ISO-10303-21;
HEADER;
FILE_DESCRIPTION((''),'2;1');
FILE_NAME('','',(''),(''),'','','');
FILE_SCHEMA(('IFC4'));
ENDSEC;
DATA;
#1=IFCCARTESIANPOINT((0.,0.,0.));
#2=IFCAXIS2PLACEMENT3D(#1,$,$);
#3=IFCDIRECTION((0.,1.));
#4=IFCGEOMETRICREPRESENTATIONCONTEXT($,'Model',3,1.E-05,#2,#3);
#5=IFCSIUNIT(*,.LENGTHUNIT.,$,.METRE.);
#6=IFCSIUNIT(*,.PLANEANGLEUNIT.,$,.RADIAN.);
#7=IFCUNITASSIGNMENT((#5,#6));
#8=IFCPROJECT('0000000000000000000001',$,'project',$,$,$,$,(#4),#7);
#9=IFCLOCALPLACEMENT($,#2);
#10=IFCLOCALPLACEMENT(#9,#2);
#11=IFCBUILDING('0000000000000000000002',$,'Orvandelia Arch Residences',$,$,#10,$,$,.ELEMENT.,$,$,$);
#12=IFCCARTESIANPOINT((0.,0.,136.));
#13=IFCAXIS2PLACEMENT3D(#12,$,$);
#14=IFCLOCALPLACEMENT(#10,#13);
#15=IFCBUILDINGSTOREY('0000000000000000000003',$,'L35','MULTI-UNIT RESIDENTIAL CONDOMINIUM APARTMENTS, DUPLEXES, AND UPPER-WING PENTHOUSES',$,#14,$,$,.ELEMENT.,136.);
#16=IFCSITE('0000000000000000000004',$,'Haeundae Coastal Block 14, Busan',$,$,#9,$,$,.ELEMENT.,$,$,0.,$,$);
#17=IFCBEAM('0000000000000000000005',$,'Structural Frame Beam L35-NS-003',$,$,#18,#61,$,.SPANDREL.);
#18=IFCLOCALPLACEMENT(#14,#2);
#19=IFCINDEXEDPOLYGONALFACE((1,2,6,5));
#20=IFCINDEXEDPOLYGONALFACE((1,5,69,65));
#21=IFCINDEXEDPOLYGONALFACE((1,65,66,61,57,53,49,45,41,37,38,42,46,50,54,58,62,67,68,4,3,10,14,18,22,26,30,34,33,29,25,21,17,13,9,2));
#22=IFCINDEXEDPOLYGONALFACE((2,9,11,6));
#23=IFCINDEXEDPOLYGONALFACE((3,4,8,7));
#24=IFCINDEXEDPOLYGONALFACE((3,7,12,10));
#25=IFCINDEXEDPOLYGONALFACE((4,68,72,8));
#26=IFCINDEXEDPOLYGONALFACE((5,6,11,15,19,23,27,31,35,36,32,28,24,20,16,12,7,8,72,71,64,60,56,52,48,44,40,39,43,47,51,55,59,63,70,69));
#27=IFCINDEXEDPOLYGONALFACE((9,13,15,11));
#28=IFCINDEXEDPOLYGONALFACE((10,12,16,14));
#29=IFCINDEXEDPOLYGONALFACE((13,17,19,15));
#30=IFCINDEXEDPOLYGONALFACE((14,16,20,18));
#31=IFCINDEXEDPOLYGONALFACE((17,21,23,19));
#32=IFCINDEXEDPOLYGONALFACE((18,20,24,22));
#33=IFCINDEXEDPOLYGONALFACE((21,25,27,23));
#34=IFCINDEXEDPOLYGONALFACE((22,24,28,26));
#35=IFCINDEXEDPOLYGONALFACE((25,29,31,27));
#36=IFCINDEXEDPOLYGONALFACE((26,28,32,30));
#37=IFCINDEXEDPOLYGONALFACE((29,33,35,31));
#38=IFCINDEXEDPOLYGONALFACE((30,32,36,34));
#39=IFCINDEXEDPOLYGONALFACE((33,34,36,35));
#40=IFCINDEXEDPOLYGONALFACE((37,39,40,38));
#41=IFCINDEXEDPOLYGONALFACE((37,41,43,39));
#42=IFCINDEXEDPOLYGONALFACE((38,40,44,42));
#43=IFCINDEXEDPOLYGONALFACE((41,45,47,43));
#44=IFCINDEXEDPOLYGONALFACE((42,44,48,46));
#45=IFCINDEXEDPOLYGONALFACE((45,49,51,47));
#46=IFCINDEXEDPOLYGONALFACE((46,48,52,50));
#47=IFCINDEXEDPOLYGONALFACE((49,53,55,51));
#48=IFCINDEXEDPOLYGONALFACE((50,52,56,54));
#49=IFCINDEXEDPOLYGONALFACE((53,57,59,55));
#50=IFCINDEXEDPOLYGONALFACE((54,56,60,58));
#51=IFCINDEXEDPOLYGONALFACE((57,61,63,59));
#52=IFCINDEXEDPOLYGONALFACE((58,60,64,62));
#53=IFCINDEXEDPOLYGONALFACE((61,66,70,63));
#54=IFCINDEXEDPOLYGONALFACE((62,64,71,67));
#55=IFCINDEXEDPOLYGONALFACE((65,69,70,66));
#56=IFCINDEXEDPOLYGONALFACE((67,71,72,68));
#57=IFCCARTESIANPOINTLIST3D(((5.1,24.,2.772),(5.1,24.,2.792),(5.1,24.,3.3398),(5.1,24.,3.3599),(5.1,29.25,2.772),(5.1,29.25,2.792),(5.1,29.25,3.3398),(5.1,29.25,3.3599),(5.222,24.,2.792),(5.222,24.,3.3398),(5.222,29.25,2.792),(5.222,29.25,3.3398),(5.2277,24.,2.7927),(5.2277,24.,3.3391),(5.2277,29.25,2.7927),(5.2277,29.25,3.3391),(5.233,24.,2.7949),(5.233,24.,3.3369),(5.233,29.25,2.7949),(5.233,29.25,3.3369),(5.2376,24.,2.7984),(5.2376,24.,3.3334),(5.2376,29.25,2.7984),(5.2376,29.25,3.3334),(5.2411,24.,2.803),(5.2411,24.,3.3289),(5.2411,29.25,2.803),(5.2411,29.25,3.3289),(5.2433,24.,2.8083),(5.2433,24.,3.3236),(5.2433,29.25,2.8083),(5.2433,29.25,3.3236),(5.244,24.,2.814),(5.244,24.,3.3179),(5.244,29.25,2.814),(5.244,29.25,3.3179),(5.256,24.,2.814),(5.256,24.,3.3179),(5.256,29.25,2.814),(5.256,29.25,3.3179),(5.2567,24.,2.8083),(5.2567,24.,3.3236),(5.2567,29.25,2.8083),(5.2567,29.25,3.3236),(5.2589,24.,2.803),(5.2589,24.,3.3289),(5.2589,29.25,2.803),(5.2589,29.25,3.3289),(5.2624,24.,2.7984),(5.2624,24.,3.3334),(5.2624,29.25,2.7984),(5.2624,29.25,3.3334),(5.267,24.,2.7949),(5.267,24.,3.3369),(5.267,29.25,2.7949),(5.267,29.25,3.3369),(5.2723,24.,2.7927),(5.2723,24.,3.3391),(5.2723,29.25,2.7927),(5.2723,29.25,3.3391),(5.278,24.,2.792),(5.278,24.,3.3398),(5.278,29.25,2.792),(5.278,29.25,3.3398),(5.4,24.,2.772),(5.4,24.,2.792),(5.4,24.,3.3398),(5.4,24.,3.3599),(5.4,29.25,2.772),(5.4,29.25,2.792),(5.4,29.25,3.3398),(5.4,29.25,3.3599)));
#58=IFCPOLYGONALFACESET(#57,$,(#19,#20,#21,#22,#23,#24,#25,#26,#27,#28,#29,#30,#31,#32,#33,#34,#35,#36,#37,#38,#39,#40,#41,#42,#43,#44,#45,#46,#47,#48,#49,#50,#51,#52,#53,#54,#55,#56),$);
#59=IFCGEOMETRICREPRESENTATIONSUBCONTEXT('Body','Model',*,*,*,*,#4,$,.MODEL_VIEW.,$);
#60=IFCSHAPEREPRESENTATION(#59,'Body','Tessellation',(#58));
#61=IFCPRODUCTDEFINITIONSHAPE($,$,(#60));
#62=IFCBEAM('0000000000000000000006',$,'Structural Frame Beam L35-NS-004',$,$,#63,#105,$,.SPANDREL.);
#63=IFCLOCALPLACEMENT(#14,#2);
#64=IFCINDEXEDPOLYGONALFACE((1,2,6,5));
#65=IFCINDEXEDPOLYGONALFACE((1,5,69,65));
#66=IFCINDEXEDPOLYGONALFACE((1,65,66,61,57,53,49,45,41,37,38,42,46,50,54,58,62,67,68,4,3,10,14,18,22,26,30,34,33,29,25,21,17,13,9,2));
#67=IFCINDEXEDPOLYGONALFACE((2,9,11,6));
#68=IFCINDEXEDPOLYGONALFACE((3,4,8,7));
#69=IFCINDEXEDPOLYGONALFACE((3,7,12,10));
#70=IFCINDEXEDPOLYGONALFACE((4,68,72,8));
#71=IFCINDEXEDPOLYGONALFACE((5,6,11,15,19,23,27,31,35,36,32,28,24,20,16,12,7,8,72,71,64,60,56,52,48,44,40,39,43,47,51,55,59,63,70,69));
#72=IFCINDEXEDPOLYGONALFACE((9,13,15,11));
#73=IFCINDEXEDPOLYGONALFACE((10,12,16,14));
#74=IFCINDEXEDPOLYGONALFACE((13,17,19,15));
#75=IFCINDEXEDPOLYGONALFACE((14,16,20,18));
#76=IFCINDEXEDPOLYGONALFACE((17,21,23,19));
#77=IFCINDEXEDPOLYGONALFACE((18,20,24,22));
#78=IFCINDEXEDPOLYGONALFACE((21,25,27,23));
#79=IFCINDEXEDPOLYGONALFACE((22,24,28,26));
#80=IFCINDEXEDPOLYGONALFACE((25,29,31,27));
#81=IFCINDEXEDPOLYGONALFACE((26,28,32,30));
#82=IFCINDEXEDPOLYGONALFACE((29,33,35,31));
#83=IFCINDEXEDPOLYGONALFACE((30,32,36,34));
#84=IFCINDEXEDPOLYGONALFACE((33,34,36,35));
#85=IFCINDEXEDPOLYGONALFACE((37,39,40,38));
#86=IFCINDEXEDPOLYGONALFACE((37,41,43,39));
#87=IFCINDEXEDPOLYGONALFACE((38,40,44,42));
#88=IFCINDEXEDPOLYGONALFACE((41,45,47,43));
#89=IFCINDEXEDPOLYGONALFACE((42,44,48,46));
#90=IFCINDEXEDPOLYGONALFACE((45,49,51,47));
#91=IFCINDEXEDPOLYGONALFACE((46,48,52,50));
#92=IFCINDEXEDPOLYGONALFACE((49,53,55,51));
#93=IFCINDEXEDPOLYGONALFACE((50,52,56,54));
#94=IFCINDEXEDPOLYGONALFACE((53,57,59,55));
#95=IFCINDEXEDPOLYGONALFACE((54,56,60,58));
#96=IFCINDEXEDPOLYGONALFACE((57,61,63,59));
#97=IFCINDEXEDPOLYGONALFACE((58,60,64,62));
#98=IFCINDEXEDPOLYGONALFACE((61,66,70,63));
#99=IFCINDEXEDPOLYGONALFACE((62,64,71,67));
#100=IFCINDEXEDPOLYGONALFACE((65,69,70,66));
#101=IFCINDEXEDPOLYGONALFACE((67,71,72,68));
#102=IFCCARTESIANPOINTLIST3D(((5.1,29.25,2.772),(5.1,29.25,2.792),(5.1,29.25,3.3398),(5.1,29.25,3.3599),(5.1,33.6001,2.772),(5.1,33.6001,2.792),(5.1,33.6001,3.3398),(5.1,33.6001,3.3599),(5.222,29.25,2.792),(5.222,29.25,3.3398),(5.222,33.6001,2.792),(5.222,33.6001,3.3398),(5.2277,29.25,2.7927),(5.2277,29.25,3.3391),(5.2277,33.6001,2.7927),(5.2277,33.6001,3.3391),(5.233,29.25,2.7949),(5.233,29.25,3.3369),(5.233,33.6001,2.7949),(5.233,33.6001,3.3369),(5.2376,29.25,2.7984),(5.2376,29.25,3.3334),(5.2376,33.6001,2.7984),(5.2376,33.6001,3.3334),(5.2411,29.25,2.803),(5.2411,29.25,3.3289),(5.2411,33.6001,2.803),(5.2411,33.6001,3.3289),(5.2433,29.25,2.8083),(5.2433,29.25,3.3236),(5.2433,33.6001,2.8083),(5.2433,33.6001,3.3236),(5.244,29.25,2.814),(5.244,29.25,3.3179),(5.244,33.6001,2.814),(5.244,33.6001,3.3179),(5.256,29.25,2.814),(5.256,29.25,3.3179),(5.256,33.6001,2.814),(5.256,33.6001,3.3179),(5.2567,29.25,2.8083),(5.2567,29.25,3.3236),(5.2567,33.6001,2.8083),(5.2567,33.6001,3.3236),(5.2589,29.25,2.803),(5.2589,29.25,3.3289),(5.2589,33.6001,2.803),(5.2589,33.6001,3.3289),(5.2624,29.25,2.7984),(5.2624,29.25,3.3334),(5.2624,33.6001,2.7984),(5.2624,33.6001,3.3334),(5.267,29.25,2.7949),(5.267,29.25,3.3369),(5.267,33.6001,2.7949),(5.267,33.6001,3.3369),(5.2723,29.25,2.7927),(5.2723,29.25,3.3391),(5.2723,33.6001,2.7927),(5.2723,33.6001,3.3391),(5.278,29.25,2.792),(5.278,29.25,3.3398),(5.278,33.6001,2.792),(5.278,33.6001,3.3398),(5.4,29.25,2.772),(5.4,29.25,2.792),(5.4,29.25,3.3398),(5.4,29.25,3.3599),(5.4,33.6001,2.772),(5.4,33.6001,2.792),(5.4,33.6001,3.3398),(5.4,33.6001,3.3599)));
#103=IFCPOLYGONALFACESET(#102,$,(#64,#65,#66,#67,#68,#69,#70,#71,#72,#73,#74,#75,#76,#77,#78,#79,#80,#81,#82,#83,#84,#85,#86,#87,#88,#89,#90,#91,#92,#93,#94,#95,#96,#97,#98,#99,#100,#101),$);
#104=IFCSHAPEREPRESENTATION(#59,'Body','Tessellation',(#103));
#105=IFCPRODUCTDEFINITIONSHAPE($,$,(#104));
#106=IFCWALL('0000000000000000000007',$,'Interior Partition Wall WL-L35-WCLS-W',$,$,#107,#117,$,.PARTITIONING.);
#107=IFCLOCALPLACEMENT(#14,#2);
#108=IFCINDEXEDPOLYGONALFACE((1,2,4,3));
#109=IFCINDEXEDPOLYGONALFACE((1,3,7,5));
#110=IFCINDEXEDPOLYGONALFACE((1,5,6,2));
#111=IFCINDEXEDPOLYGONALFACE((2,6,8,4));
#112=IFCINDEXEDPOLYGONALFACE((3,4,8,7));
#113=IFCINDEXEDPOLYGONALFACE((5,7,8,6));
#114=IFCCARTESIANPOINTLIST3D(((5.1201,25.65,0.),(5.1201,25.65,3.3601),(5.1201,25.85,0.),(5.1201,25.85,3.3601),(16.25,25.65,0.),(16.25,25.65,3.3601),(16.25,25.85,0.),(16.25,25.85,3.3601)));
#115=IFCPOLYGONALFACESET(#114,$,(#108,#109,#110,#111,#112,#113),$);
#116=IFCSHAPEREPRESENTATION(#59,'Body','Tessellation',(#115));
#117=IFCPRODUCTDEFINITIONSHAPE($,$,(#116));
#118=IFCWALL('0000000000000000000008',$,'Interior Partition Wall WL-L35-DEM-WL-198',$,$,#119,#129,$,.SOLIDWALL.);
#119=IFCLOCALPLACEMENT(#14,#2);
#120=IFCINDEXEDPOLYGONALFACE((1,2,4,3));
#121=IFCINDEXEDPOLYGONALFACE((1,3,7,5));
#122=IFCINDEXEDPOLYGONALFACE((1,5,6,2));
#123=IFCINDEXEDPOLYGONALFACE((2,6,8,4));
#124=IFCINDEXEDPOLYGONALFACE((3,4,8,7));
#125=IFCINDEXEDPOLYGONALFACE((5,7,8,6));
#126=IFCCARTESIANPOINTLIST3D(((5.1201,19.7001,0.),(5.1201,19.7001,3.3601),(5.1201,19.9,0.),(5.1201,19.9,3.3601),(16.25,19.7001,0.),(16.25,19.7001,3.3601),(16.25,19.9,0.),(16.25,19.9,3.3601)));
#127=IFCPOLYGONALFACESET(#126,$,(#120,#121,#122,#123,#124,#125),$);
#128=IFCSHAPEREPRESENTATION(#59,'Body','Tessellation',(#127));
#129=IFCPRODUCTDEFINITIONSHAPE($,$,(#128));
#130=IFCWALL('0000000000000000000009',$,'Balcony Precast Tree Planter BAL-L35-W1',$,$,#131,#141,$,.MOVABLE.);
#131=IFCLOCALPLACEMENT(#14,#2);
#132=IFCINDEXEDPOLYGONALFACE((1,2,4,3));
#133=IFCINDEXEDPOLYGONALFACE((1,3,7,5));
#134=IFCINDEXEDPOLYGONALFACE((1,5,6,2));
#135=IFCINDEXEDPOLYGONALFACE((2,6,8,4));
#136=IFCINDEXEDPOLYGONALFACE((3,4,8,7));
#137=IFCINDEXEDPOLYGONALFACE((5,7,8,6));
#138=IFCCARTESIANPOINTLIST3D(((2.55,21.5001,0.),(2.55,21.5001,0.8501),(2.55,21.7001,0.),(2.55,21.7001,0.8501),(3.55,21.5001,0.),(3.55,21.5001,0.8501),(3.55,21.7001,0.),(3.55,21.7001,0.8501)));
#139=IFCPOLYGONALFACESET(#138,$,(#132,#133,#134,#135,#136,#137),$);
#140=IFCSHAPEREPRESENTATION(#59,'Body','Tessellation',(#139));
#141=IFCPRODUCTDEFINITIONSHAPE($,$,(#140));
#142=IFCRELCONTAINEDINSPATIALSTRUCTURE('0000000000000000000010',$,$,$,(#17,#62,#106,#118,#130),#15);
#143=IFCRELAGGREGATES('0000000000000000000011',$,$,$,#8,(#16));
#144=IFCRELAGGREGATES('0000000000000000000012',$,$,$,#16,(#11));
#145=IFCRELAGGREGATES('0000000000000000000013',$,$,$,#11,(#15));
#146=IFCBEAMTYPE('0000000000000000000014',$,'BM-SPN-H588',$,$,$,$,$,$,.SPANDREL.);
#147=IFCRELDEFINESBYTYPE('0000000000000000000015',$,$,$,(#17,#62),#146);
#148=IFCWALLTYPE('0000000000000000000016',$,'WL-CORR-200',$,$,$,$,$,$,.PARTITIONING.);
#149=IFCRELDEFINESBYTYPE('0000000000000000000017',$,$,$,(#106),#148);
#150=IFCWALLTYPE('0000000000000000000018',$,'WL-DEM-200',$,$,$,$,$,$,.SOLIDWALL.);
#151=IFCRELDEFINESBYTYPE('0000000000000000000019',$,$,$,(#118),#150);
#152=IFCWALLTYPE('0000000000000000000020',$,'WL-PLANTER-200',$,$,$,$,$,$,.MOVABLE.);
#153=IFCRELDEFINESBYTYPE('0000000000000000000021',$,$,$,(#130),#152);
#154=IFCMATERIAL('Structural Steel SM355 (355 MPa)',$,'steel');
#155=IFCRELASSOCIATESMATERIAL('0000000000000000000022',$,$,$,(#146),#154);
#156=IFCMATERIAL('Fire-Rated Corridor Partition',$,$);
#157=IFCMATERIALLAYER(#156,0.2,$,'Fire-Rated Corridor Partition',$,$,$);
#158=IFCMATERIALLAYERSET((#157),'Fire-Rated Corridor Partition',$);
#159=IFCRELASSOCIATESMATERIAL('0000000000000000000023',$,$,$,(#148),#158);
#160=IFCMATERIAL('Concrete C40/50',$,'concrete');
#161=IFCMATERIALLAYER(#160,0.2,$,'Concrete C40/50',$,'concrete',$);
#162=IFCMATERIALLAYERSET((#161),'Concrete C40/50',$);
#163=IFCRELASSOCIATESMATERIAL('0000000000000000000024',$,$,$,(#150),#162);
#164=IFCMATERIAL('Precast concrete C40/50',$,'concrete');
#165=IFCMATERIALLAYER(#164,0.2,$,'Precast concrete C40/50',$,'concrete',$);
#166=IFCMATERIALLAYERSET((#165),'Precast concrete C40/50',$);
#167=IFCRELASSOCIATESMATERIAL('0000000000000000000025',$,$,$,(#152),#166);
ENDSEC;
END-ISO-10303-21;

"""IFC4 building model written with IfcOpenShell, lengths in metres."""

from ifc_helpers import new_model, si_unit, direction, frame, frame_2d, origin, origin_2d, place, context, subcontext, project, spatial, rectangle, i_section, extrude, material, layer, layer_set, material_profile, profile_set, type_object, element, save


model = new_model("IFC4")

# Units and contexts
model_context = context("Model", 3, precision=1e-05, world=origin(), true_north=direction((0.0, 1.0)))
body_context = subcontext(model_context, "Body", "Model", "MODEL_VIEW")
ifc_project = project(units=[si_unit("LENGTHUNIT", "METRE"), si_unit("PLANEANGLEUNIT", "RADIAN")], contexts=[model_context])

# Site, building, storey
site_placement = place(None, origin())
site = spatial("IfcSite", under=ifc_project, at=site_placement, Name="Haeundae Coastal Block 14, Busan", CompositionType="ELEMENT", RefElevation=0.0)
building_placement = place(site_placement, origin())
building = spatial("IfcBuilding", under=site, at=building_placement, Name="Orvandelia Arch Residences", CompositionType="ELEMENT")
storey_placement = place(building_placement, frame((0.0, 0.0, 136.0)))
storey = spatial("IfcBuildingStorey", under=building, at=storey_placement, Name="L35", Description="MULTI-UNIT RESIDENTIAL CONDOMINIUM APARTMENTS, DUPLEXES, AND UPPER-WING PENTHOUSES", CompositionType="ELEMENT", Elevation=136.0)

# Beams
ifc_material_1 = material(Name="Structural Steel SM355 (355 MPa)", Category="steel")
ifc_material_profile_1 = material_profile(ifc_material_1, i_section(OverallWidth=0.3, OverallDepth=0.5879, WebThickness=0.012, FlangeThickness=0.02, FilletRadius=0.022, at=origin_2d()), Name="Structural Steel SM355 (355 MPa)", Category="steel")
ifc_profile_set_1 = profile_set([ifc_material_profile_1], Name="Structural Steel SM355 (355 MPa)")
beam_type_1 = type_object("IfcBeamType", Name="BM-SPN-H588", PredefinedType="SPANDREL", material=ifc_profile_set_1)
beam_1_placement = place(storey_placement, frame((5.25, 24.0, 3.0659), z_axis=(0.0, 1.0, 0.0), x_axis=(-1.0, 0.0, 0.0)))
element("IfcBeam", 1, at=beam_1_placement, inside=storey, type_object=beam_type_1, Name="Structural Frame Beam L35-NS-003", PredefinedType="SPANDREL", context=body_context, shape_type="SweptSolid", body=[
    extrude(i_section(OverallWidth=0.3, OverallDepth=0.5879, WebThickness=0.012, FlangeThickness=0.02, FilletRadius=0.022, at=origin_2d()), origin(), (0.0, 0.0, 1.0), 5.25),
])
beam_2_placement = place(storey_placement, frame((5.25, 29.25, 3.0659), z_axis=(0.0, 1.0, 0.0), x_axis=(-1.0, 0.0, 0.0)))
element("IfcBeam", 2, at=beam_2_placement, inside=storey, type_object=beam_type_1, Name="Structural Frame Beam L35-NS-004", PredefinedType="SPANDREL", context=body_context, shape_type="SweptSolid", body=[
    extrude(i_section(OverallWidth=0.3, OverallDepth=0.5879, WebThickness=0.012, FlangeThickness=0.02, FilletRadius=0.022, at=origin_2d()), origin(), (0.0, 0.0, 1.0), 4.3501),
])

# Walls
ifc_material_2 = material(Name="Fire-Rated Corridor Partition")
ifc_layer_1 = layer(ifc_material_2, 0.2, Name="Fire-Rated Corridor Partition")
ifc_layer_set_1 = layer_set([ifc_layer_1], Name="Fire-Rated Corridor Partition")
wall_type_1 = type_object("IfcWallType", Name="WL-CORR-200", PredefinedType="PARTITIONING", material=ifc_layer_set_1)
wall_1_placement = place(storey_placement, frame((5.1201, 25.75, 0.0), z_axis=(0.0, 0.0, 1.0), x_axis=(1.0, 0.0, 0.0)))
element("IfcWall", 3, at=wall_1_placement, inside=storey, type_object=wall_type_1, Name="Interior Partition Wall WL-L35-WCLS-W", PredefinedType="PARTITIONING", context=body_context, shape_type="SweptSolid", body=[
    extrude(rectangle(XDim=11.1299, YDim=0.2, at=frame_2d((5.5649, 0.0))), origin(), (0.0, 0.0, 1.0), 3.3601),
])
ifc_material_3 = material(Name="Concrete C40/50", Category="concrete")
ifc_layer_2 = layer(ifc_material_3, 0.2, Name="Concrete C40/50", Category="concrete")
ifc_layer_set_2 = layer_set([ifc_layer_2], Name="Concrete C40/50")
wall_type_2 = type_object("IfcWallType", Name="WL-DEM-200", PredefinedType="SOLIDWALL", material=ifc_layer_set_2)
wall_2_placement = place(storey_placement, frame((5.1201, 19.8, 0.0), z_axis=(0.0, 0.0, 1.0), x_axis=(1.0, 0.0, 0.0)))
element("IfcWall", 4, at=wall_2_placement, inside=storey, type_object=wall_type_2, Name="Interior Partition Wall WL-L35-DEM-WL-198", PredefinedType="SOLIDWALL", context=body_context, shape_type="SweptSolid", body=[
    extrude(rectangle(XDim=11.1299, YDim=0.2, at=frame_2d((5.5649, 0.0))), origin(), (0.0, 0.0, 1.0), 3.3601),
])
ifc_material_4 = material(Name="Precast concrete C40/50", Category="concrete")
ifc_layer_3 = layer(ifc_material_4, 0.2, Name="Precast concrete C40/50", Category="concrete")
ifc_layer_set_3 = layer_set([ifc_layer_3], Name="Precast concrete C40/50")
wall_type_3 = type_object("IfcWallType", Name="WL-PLANTER-200", PredefinedType="MOVABLE", material=ifc_layer_set_3)
wall_3_placement = place(storey_placement, frame((2.55, 21.6001, 0.0), z_axis=(0.0, 0.0, 1.0), x_axis=(1.0, 0.0, 0.0)))
element("IfcWall", 5, at=wall_3_placement, inside=storey, type_object=wall_type_3, Name="Balcony Precast Tree Planter BAL-L35-W1", PredefinedType="MOVABLE", context=body_context, shape_type="SweptSolid", body=[
    extrude(rectangle(XDim=1.0, YDim=0.2, at=frame_2d((0.5, 0.0))), origin(), (0.0, 0.0, 1.0), 0.8501),
])

save(model, "model.ifc")
